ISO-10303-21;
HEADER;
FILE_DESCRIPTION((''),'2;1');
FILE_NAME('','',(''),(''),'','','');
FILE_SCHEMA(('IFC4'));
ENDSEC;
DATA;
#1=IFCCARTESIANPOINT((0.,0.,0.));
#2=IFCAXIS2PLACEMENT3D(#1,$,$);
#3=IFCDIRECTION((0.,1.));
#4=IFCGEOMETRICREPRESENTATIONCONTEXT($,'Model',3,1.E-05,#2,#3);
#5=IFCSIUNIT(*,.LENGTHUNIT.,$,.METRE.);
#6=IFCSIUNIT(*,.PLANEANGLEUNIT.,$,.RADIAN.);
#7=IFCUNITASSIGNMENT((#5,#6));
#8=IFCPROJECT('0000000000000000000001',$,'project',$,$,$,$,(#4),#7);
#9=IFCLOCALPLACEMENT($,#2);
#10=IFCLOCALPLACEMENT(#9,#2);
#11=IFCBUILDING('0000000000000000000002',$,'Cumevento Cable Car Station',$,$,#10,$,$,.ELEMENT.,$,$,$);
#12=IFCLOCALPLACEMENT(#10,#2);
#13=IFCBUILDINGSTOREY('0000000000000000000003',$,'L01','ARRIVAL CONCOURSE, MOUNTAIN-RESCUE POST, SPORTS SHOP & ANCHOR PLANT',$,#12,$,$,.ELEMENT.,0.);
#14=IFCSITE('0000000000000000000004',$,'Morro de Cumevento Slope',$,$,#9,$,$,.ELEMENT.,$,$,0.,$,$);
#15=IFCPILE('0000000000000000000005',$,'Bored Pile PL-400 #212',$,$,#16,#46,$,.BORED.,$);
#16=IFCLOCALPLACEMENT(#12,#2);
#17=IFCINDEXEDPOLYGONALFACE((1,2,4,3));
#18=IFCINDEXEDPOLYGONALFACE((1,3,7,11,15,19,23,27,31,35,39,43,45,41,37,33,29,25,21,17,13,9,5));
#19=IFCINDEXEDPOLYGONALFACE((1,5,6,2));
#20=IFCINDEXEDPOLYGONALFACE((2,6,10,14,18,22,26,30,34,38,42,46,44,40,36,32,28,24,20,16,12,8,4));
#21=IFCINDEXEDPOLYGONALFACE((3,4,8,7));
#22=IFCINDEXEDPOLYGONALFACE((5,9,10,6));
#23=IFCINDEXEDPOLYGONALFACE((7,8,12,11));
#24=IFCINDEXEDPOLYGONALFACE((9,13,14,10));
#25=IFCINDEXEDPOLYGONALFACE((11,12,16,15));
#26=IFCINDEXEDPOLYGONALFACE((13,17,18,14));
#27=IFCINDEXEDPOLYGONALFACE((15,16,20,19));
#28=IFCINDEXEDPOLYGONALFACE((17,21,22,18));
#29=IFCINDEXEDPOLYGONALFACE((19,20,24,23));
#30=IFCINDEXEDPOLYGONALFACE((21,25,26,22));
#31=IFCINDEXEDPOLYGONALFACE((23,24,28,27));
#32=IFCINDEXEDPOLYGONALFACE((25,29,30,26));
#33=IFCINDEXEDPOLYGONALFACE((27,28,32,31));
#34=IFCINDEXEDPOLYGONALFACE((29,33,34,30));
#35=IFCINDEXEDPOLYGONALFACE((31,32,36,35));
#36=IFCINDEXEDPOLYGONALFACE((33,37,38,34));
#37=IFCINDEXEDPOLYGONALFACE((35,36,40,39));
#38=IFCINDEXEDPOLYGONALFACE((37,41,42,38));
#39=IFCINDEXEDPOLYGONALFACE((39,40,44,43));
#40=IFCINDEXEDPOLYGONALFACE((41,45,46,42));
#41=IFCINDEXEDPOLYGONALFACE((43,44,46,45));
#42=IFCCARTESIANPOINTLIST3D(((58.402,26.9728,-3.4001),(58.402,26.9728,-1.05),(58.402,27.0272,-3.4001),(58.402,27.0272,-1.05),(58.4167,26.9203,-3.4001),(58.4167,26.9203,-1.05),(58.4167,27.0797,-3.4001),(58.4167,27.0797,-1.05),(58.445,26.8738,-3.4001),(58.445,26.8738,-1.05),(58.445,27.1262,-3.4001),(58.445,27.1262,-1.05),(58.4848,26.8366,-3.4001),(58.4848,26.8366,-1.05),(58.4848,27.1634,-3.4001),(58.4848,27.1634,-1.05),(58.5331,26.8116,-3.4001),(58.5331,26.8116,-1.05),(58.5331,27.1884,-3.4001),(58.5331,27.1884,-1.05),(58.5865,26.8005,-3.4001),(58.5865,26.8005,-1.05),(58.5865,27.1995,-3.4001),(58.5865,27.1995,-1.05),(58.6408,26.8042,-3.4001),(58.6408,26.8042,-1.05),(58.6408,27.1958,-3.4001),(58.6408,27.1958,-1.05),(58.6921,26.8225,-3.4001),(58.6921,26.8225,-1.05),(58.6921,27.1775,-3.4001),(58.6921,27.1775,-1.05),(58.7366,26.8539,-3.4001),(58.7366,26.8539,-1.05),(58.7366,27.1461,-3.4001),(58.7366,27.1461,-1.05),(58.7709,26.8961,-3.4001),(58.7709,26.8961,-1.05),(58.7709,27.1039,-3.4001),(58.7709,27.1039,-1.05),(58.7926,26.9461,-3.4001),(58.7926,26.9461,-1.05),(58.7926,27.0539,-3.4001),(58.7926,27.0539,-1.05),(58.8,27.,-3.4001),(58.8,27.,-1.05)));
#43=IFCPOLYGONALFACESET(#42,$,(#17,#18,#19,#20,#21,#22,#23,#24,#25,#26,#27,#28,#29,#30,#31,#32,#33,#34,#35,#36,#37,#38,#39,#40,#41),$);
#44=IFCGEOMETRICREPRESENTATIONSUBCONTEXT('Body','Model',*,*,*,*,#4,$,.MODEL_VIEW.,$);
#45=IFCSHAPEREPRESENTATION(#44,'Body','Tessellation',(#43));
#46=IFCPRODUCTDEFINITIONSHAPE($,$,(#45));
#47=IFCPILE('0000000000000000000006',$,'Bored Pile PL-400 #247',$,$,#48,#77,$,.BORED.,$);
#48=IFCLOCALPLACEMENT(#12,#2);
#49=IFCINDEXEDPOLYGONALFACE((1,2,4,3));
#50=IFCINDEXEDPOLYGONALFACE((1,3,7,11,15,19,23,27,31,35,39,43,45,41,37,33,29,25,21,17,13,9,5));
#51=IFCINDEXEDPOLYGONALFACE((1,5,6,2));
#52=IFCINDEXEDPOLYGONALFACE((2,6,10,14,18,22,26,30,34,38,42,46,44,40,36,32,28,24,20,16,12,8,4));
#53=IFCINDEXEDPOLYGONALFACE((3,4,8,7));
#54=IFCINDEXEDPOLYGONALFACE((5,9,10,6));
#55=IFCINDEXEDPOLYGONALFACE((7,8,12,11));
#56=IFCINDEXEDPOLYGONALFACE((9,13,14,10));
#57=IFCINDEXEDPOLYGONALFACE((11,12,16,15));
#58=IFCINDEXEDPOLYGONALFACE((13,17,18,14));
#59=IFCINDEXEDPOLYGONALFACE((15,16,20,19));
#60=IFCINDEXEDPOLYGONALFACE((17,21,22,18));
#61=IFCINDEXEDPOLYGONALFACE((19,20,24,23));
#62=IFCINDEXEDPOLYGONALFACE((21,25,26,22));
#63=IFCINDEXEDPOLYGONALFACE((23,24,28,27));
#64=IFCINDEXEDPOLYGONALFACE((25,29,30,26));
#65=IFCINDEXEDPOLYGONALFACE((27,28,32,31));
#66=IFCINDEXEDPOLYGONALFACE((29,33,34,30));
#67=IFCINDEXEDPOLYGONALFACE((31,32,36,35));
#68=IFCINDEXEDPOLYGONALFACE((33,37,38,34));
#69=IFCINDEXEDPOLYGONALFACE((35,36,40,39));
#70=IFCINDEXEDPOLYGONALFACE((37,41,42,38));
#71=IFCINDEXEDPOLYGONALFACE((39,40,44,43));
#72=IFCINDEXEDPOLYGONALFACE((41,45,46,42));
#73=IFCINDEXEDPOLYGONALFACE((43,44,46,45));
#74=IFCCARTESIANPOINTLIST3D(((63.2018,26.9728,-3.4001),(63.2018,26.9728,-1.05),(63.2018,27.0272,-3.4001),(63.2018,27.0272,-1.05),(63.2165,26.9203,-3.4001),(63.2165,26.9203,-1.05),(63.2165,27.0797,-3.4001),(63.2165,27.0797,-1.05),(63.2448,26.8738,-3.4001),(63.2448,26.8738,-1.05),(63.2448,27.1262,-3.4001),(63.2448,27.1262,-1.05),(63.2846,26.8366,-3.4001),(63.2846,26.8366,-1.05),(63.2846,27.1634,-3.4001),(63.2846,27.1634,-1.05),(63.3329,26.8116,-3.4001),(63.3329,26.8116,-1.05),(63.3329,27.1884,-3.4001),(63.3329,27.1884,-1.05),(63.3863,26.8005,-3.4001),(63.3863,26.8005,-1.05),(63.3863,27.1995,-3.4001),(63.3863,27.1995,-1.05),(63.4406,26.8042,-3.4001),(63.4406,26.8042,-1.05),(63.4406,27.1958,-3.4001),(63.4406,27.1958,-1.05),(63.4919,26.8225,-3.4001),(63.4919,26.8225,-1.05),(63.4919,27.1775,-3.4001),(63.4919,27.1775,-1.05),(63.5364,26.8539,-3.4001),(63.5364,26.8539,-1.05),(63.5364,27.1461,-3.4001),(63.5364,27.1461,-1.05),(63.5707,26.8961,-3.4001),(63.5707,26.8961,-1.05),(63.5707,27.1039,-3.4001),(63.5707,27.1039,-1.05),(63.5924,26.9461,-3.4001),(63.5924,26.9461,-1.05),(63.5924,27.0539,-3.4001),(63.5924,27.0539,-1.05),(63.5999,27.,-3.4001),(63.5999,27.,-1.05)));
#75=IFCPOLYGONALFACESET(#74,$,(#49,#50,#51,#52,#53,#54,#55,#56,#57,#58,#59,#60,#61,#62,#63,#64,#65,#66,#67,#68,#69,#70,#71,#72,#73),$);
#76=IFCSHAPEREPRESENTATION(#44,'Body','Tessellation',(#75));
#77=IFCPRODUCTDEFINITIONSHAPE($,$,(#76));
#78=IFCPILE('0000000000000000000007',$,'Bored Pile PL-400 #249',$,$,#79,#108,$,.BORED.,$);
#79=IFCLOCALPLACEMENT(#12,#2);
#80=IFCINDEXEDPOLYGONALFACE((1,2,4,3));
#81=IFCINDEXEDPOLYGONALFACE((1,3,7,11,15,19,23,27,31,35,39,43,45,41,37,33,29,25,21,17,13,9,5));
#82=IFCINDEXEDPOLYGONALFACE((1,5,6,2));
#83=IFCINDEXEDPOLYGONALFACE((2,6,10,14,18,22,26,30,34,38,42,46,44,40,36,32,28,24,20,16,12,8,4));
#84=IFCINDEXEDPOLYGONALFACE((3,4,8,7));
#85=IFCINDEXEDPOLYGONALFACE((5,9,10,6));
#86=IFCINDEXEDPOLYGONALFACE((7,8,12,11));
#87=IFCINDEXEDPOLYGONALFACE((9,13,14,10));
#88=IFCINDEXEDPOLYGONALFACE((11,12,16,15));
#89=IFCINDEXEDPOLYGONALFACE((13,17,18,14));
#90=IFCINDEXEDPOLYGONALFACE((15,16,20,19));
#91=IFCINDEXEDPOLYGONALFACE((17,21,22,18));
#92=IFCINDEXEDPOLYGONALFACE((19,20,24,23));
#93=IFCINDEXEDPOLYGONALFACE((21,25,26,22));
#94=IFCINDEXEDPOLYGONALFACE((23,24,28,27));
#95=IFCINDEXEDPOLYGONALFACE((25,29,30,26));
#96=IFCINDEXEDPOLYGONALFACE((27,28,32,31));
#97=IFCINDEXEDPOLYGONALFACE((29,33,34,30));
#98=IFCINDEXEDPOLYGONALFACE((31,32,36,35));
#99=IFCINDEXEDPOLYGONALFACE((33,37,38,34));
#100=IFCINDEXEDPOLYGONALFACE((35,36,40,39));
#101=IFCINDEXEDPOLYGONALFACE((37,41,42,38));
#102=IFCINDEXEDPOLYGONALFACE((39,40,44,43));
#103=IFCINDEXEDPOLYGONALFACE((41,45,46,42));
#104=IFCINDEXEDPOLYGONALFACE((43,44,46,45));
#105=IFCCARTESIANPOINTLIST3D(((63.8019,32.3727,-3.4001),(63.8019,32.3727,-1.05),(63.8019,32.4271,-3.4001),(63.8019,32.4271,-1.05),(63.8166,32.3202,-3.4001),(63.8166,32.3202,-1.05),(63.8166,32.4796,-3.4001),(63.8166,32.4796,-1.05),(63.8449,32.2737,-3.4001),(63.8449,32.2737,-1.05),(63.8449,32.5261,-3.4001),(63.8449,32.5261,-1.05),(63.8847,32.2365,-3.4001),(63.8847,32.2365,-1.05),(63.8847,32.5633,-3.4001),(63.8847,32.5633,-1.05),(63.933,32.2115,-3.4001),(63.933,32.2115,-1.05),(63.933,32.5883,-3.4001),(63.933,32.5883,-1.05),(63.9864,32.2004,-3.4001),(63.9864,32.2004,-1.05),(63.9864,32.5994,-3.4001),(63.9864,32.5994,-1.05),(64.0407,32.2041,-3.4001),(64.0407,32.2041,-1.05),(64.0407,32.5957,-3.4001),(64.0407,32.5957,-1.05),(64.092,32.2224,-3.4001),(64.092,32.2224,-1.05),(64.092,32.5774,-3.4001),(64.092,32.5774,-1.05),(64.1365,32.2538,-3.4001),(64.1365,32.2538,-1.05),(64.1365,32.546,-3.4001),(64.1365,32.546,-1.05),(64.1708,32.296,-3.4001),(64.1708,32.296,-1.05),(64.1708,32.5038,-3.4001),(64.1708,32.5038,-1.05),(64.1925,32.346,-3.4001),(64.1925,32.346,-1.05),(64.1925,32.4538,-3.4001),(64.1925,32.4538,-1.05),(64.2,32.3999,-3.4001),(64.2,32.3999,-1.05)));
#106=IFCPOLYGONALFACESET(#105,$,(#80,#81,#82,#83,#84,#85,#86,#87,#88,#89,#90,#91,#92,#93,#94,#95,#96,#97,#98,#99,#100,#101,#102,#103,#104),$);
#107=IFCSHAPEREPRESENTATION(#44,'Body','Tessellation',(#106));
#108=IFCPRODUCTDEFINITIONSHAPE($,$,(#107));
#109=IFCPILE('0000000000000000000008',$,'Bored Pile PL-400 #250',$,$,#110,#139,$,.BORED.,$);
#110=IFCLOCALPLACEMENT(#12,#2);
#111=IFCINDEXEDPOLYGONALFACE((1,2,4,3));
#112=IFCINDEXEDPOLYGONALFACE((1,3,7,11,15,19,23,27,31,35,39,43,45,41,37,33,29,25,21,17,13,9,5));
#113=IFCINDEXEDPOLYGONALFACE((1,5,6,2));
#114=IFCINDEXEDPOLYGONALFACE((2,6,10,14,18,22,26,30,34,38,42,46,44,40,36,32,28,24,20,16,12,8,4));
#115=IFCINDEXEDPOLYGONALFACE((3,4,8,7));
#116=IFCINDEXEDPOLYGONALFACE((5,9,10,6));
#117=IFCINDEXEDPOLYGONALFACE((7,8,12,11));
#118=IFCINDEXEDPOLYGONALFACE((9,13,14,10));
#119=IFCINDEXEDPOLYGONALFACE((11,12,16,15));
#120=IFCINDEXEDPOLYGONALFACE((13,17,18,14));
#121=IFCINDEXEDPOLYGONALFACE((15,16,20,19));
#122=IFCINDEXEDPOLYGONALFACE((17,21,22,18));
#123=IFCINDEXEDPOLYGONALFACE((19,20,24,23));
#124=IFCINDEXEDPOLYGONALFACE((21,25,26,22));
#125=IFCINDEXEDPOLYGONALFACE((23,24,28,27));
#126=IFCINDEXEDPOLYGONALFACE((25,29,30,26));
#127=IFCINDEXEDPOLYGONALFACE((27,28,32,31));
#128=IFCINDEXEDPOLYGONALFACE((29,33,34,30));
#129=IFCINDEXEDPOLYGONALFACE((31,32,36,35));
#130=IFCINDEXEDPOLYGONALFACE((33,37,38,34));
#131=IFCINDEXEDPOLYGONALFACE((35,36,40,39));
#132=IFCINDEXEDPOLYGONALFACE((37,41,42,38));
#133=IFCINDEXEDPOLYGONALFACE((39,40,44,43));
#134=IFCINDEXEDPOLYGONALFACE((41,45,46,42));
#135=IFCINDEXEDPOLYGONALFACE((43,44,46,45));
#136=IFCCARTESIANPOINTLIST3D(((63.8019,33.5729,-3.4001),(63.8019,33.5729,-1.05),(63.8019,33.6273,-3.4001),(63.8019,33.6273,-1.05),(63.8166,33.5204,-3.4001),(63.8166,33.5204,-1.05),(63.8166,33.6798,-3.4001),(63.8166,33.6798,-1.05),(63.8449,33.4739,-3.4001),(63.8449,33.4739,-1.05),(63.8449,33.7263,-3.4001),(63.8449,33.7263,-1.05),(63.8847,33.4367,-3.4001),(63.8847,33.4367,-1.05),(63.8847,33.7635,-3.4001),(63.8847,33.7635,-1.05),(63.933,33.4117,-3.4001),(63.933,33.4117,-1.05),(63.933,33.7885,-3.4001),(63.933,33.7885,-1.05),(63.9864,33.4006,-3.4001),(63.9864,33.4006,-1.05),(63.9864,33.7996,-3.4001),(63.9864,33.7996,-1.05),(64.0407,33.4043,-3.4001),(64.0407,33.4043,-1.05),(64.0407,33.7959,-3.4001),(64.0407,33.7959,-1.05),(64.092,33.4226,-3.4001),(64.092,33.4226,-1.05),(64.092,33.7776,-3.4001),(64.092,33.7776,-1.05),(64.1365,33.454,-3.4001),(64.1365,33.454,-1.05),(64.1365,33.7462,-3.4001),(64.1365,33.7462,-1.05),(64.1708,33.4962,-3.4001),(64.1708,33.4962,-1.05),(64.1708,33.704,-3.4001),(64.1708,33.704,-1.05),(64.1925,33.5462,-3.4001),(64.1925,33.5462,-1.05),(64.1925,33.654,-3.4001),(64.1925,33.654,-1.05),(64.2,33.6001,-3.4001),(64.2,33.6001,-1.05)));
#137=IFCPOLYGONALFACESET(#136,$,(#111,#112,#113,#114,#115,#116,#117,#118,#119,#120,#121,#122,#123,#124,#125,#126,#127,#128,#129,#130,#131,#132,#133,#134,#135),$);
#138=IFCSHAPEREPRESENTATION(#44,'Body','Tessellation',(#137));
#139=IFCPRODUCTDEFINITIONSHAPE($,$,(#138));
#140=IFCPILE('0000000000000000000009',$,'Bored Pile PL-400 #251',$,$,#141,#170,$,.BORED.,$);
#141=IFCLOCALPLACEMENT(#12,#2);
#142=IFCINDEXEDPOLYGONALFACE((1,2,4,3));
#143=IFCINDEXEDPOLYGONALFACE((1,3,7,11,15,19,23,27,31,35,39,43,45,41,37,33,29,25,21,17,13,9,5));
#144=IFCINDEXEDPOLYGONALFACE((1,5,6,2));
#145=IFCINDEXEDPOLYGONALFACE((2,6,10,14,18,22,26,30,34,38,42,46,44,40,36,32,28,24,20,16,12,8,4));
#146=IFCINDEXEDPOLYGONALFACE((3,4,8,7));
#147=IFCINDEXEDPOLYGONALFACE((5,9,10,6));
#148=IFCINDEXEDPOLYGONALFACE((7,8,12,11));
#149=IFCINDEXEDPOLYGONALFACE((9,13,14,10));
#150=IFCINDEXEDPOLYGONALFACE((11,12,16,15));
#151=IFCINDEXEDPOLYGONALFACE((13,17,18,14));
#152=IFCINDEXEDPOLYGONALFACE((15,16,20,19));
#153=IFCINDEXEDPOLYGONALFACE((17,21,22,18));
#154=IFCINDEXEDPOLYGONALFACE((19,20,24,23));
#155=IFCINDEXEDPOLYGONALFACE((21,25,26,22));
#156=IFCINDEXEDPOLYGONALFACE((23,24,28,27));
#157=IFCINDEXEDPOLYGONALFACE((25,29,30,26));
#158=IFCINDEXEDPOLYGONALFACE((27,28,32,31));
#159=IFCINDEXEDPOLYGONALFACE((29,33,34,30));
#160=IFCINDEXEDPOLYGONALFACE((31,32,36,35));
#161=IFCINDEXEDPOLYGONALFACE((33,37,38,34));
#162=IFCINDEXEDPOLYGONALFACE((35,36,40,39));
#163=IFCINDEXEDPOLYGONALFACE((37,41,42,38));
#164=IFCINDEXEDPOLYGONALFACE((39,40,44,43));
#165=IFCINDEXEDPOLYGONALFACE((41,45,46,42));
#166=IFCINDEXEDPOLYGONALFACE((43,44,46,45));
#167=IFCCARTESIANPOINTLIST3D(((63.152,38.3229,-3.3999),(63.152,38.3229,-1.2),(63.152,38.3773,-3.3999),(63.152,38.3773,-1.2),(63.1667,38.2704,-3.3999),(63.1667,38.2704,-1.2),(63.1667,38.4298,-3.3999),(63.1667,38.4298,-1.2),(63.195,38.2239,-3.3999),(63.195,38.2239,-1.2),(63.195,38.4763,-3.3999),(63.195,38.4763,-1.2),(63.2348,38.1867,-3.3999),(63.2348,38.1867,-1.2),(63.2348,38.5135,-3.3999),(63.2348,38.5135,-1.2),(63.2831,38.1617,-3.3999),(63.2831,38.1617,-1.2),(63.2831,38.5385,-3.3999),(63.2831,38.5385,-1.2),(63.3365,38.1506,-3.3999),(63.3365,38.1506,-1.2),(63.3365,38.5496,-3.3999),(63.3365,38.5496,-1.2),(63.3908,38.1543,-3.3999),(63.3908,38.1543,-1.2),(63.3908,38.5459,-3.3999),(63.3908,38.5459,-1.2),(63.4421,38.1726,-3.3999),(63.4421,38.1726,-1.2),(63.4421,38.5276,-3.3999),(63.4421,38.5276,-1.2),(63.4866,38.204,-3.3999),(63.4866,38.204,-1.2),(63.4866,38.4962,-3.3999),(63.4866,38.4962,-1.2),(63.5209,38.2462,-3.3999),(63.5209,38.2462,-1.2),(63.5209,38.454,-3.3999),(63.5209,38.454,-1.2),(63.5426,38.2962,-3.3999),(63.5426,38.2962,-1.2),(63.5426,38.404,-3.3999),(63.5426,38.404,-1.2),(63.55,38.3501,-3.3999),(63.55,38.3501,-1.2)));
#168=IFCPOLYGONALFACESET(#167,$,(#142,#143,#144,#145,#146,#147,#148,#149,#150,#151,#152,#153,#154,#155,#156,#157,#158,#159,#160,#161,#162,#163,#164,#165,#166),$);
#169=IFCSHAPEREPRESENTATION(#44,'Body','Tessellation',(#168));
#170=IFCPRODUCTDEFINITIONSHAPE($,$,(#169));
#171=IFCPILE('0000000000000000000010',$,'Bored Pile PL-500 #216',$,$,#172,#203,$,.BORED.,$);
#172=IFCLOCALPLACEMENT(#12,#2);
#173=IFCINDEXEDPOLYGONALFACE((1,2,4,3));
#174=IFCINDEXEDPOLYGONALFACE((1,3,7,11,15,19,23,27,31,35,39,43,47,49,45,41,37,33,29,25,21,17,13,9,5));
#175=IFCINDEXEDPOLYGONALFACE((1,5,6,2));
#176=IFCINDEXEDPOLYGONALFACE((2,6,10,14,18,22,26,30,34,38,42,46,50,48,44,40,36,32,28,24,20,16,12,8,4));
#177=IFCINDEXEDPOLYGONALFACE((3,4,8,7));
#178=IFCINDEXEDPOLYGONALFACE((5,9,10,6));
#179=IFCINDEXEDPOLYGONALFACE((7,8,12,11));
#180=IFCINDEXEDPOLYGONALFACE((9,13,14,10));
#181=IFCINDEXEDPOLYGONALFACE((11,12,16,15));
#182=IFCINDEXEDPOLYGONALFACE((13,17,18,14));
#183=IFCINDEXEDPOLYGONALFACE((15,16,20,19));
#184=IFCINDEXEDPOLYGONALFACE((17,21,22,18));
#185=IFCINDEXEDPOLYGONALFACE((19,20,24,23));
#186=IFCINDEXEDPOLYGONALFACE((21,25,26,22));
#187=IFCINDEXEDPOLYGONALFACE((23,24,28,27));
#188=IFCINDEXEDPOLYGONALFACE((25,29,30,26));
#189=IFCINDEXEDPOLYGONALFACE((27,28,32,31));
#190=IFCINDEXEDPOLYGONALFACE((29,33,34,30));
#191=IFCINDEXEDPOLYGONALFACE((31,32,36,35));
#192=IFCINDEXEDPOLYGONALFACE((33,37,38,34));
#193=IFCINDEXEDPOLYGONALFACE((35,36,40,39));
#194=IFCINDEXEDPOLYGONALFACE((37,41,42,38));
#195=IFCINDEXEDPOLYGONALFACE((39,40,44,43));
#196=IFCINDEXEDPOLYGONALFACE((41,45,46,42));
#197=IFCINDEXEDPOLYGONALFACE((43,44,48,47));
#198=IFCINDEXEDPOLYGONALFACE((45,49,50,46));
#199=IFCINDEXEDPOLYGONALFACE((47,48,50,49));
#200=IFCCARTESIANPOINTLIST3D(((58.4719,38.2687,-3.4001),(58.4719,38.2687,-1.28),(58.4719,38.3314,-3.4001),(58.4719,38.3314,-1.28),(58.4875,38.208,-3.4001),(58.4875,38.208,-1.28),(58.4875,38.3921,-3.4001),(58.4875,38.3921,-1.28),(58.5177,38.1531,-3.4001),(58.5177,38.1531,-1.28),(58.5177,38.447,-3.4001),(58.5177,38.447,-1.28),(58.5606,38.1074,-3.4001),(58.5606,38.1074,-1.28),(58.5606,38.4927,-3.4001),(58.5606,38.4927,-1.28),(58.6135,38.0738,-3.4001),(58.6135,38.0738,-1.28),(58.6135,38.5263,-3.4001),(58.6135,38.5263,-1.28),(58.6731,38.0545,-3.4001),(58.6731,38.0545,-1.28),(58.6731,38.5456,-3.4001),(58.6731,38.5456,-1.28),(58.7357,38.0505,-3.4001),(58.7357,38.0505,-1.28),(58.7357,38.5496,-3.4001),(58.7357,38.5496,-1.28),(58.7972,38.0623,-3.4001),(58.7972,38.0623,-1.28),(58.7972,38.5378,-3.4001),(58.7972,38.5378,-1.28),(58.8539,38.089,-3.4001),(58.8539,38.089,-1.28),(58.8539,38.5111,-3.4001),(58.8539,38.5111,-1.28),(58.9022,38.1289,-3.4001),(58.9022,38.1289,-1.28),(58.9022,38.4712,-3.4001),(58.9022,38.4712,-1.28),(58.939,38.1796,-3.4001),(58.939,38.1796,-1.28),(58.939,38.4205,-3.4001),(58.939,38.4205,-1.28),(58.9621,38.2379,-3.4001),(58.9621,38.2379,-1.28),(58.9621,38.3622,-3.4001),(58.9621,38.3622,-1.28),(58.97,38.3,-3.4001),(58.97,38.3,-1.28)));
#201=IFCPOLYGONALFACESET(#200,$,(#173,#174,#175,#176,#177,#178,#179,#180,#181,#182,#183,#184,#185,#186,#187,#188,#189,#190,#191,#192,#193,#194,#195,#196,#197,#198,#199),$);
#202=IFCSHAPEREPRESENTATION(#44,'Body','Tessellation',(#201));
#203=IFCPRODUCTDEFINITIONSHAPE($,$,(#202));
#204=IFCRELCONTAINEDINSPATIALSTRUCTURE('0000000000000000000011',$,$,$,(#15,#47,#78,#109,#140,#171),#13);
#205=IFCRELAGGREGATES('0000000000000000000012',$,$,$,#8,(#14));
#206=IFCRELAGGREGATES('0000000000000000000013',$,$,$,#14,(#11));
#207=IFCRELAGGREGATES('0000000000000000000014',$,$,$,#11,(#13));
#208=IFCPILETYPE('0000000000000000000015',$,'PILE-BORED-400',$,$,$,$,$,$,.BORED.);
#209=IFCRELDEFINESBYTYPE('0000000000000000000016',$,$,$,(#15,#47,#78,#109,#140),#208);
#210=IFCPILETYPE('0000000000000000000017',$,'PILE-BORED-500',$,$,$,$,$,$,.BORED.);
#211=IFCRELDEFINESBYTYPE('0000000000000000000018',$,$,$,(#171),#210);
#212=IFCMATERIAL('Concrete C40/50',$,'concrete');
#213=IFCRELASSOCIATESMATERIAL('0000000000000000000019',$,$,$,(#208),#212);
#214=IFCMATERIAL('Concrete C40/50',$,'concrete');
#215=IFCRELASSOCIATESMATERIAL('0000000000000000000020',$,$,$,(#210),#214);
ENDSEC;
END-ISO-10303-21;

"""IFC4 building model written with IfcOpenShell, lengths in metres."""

from ifc_helpers import new_model, si_unit, direction, frame, origin, origin_2d, place, context, subcontext, project, spatial, circle, extrude, material, material_profile, profile_set, type_object, element, save


model = new_model("IFC4")

# Units and contexts
model_context = context("Model", 3, precision=1e-05, world=origin(), true_north=direction((0.0, 1.0)))
body_context = subcontext(model_context, "Body", "Model", "MODEL_VIEW")
ifc_project = project(units=[si_unit("LENGTHUNIT", "METRE"), si_unit("PLANEANGLEUNIT", "RADIAN")], contexts=[model_context])

# Site, building, storey
site_placement = place(None, origin())
site = spatial("IfcSite", under=ifc_project, at=site_placement, Name="Morro de Cumevento Slope", CompositionType="ELEMENT", RefElevation=0.0)
building_placement = place(site_placement, origin())
building = spatial("IfcBuilding", under=site, at=building_placement, Name="Cumevento Cable Car Station", CompositionType="ELEMENT")
storey_placement = place(building_placement, origin())
storey = spatial("IfcBuildingStorey", under=building, at=storey_placement, Name="L01", Description="ARRIVAL CONCOURSE, MOUNTAIN-RESCUE POST, SPORTS SHOP & ANCHOR PLANT", CompositionType="ELEMENT", Elevation=0.0)

# Piles
ifc_material_1 = material(Name="Concrete C40/50", Category="concrete")
ifc_material_profile_1 = material_profile(ifc_material_1, circle(Radius=0.2, at=origin_2d()), Name="PILE-D400")
ifc_profile_set_1 = profile_set([ifc_material_profile_1], Name="Concrete C40/50")
pile_type_1 = type_object("IfcPileType", Name="PILE-BORED-400", PredefinedType="BORED", material=ifc_profile_set_1)
for number, where, z_axis, x_axis, name in (
    (1, (58.6001, 27.0, -1.05), (0.0, 0.0, -1.0), (1.0, 0.0, 0.0), "Bored Pile PL-400 #212"),
    (2, (63.3999, 27.0, -1.05), (0.0, 0.0, -1.0), (1.0, 0.0, 0.0), "Bored Pile PL-400 #247"),
    (3, (64.0, 32.3999, -1.05), (0.0, 0.0, -1.0), (1.0, 0.0, 0.0), "Bored Pile PL-400 #249"),
    (4, (64.0, 33.6001, -1.05), (0.0, 0.0, -1.0), (1.0, 0.0, 0.0), "Bored Pile PL-400 #250"),
):
    element("IfcPile", number, at=place(storey_placement, frame(where, z_axis=z_axis, x_axis=x_axis)), inside=storey, type_object=pile_type_1, Name=name, PredefinedType="BORED", context=body_context, shape_type="SweptSolid", body=[
        extrude(circle(Radius=0.2, at=origin_2d()), origin(), (0.0, 0.0, 1.0), 2.3501),
    ])
pile_1_placement = place(storey_placement, frame((63.3501, 38.3501, -1.2), z_axis=(0.0, 0.0, -1.0), x_axis=(1.0, 0.0, 0.0)))
element("IfcPile", 5, at=pile_1_placement, inside=storey, type_object=pile_type_1, Name="Bored Pile PL-400 #251", PredefinedType="BORED", context=body_context, shape_type="SweptSolid", body=[
    extrude(circle(Radius=0.2, at=origin_2d()), origin(), (0.0, 0.0, 1.0), 2.2),
])
ifc_material_2 = material(Name="Concrete C40/50", Category="concrete")
ifc_material_profile_2 = material_profile(ifc_material_2, circle(Radius=0.25, at=origin_2d()), Name="PILE-D500")
ifc_profile_set_2 = profile_set([ifc_material_profile_2], Name="Concrete C40/50")
pile_type_2 = type_object("IfcPileType", Name="PILE-BORED-500", PredefinedType="BORED", material=ifc_profile_set_2)
pile_2_placement = place(storey_placement, frame((58.72, 38.3, -1.28), z_axis=(0.0, 0.0, -1.0), x_axis=(1.0, 0.0, 0.0)))
element("IfcPile", 6, at=pile_2_placement, inside=storey, type_object=pile_type_2, Name="Bored Pile PL-500 #216", PredefinedType="BORED", context=body_context, shape_type="SweptSolid", body=[
    extrude(circle(Radius=0.25, at=origin_2d()), origin(), (0.0, 0.0, 1.0), 2.1201),
])

save(model, "model.ifc")
